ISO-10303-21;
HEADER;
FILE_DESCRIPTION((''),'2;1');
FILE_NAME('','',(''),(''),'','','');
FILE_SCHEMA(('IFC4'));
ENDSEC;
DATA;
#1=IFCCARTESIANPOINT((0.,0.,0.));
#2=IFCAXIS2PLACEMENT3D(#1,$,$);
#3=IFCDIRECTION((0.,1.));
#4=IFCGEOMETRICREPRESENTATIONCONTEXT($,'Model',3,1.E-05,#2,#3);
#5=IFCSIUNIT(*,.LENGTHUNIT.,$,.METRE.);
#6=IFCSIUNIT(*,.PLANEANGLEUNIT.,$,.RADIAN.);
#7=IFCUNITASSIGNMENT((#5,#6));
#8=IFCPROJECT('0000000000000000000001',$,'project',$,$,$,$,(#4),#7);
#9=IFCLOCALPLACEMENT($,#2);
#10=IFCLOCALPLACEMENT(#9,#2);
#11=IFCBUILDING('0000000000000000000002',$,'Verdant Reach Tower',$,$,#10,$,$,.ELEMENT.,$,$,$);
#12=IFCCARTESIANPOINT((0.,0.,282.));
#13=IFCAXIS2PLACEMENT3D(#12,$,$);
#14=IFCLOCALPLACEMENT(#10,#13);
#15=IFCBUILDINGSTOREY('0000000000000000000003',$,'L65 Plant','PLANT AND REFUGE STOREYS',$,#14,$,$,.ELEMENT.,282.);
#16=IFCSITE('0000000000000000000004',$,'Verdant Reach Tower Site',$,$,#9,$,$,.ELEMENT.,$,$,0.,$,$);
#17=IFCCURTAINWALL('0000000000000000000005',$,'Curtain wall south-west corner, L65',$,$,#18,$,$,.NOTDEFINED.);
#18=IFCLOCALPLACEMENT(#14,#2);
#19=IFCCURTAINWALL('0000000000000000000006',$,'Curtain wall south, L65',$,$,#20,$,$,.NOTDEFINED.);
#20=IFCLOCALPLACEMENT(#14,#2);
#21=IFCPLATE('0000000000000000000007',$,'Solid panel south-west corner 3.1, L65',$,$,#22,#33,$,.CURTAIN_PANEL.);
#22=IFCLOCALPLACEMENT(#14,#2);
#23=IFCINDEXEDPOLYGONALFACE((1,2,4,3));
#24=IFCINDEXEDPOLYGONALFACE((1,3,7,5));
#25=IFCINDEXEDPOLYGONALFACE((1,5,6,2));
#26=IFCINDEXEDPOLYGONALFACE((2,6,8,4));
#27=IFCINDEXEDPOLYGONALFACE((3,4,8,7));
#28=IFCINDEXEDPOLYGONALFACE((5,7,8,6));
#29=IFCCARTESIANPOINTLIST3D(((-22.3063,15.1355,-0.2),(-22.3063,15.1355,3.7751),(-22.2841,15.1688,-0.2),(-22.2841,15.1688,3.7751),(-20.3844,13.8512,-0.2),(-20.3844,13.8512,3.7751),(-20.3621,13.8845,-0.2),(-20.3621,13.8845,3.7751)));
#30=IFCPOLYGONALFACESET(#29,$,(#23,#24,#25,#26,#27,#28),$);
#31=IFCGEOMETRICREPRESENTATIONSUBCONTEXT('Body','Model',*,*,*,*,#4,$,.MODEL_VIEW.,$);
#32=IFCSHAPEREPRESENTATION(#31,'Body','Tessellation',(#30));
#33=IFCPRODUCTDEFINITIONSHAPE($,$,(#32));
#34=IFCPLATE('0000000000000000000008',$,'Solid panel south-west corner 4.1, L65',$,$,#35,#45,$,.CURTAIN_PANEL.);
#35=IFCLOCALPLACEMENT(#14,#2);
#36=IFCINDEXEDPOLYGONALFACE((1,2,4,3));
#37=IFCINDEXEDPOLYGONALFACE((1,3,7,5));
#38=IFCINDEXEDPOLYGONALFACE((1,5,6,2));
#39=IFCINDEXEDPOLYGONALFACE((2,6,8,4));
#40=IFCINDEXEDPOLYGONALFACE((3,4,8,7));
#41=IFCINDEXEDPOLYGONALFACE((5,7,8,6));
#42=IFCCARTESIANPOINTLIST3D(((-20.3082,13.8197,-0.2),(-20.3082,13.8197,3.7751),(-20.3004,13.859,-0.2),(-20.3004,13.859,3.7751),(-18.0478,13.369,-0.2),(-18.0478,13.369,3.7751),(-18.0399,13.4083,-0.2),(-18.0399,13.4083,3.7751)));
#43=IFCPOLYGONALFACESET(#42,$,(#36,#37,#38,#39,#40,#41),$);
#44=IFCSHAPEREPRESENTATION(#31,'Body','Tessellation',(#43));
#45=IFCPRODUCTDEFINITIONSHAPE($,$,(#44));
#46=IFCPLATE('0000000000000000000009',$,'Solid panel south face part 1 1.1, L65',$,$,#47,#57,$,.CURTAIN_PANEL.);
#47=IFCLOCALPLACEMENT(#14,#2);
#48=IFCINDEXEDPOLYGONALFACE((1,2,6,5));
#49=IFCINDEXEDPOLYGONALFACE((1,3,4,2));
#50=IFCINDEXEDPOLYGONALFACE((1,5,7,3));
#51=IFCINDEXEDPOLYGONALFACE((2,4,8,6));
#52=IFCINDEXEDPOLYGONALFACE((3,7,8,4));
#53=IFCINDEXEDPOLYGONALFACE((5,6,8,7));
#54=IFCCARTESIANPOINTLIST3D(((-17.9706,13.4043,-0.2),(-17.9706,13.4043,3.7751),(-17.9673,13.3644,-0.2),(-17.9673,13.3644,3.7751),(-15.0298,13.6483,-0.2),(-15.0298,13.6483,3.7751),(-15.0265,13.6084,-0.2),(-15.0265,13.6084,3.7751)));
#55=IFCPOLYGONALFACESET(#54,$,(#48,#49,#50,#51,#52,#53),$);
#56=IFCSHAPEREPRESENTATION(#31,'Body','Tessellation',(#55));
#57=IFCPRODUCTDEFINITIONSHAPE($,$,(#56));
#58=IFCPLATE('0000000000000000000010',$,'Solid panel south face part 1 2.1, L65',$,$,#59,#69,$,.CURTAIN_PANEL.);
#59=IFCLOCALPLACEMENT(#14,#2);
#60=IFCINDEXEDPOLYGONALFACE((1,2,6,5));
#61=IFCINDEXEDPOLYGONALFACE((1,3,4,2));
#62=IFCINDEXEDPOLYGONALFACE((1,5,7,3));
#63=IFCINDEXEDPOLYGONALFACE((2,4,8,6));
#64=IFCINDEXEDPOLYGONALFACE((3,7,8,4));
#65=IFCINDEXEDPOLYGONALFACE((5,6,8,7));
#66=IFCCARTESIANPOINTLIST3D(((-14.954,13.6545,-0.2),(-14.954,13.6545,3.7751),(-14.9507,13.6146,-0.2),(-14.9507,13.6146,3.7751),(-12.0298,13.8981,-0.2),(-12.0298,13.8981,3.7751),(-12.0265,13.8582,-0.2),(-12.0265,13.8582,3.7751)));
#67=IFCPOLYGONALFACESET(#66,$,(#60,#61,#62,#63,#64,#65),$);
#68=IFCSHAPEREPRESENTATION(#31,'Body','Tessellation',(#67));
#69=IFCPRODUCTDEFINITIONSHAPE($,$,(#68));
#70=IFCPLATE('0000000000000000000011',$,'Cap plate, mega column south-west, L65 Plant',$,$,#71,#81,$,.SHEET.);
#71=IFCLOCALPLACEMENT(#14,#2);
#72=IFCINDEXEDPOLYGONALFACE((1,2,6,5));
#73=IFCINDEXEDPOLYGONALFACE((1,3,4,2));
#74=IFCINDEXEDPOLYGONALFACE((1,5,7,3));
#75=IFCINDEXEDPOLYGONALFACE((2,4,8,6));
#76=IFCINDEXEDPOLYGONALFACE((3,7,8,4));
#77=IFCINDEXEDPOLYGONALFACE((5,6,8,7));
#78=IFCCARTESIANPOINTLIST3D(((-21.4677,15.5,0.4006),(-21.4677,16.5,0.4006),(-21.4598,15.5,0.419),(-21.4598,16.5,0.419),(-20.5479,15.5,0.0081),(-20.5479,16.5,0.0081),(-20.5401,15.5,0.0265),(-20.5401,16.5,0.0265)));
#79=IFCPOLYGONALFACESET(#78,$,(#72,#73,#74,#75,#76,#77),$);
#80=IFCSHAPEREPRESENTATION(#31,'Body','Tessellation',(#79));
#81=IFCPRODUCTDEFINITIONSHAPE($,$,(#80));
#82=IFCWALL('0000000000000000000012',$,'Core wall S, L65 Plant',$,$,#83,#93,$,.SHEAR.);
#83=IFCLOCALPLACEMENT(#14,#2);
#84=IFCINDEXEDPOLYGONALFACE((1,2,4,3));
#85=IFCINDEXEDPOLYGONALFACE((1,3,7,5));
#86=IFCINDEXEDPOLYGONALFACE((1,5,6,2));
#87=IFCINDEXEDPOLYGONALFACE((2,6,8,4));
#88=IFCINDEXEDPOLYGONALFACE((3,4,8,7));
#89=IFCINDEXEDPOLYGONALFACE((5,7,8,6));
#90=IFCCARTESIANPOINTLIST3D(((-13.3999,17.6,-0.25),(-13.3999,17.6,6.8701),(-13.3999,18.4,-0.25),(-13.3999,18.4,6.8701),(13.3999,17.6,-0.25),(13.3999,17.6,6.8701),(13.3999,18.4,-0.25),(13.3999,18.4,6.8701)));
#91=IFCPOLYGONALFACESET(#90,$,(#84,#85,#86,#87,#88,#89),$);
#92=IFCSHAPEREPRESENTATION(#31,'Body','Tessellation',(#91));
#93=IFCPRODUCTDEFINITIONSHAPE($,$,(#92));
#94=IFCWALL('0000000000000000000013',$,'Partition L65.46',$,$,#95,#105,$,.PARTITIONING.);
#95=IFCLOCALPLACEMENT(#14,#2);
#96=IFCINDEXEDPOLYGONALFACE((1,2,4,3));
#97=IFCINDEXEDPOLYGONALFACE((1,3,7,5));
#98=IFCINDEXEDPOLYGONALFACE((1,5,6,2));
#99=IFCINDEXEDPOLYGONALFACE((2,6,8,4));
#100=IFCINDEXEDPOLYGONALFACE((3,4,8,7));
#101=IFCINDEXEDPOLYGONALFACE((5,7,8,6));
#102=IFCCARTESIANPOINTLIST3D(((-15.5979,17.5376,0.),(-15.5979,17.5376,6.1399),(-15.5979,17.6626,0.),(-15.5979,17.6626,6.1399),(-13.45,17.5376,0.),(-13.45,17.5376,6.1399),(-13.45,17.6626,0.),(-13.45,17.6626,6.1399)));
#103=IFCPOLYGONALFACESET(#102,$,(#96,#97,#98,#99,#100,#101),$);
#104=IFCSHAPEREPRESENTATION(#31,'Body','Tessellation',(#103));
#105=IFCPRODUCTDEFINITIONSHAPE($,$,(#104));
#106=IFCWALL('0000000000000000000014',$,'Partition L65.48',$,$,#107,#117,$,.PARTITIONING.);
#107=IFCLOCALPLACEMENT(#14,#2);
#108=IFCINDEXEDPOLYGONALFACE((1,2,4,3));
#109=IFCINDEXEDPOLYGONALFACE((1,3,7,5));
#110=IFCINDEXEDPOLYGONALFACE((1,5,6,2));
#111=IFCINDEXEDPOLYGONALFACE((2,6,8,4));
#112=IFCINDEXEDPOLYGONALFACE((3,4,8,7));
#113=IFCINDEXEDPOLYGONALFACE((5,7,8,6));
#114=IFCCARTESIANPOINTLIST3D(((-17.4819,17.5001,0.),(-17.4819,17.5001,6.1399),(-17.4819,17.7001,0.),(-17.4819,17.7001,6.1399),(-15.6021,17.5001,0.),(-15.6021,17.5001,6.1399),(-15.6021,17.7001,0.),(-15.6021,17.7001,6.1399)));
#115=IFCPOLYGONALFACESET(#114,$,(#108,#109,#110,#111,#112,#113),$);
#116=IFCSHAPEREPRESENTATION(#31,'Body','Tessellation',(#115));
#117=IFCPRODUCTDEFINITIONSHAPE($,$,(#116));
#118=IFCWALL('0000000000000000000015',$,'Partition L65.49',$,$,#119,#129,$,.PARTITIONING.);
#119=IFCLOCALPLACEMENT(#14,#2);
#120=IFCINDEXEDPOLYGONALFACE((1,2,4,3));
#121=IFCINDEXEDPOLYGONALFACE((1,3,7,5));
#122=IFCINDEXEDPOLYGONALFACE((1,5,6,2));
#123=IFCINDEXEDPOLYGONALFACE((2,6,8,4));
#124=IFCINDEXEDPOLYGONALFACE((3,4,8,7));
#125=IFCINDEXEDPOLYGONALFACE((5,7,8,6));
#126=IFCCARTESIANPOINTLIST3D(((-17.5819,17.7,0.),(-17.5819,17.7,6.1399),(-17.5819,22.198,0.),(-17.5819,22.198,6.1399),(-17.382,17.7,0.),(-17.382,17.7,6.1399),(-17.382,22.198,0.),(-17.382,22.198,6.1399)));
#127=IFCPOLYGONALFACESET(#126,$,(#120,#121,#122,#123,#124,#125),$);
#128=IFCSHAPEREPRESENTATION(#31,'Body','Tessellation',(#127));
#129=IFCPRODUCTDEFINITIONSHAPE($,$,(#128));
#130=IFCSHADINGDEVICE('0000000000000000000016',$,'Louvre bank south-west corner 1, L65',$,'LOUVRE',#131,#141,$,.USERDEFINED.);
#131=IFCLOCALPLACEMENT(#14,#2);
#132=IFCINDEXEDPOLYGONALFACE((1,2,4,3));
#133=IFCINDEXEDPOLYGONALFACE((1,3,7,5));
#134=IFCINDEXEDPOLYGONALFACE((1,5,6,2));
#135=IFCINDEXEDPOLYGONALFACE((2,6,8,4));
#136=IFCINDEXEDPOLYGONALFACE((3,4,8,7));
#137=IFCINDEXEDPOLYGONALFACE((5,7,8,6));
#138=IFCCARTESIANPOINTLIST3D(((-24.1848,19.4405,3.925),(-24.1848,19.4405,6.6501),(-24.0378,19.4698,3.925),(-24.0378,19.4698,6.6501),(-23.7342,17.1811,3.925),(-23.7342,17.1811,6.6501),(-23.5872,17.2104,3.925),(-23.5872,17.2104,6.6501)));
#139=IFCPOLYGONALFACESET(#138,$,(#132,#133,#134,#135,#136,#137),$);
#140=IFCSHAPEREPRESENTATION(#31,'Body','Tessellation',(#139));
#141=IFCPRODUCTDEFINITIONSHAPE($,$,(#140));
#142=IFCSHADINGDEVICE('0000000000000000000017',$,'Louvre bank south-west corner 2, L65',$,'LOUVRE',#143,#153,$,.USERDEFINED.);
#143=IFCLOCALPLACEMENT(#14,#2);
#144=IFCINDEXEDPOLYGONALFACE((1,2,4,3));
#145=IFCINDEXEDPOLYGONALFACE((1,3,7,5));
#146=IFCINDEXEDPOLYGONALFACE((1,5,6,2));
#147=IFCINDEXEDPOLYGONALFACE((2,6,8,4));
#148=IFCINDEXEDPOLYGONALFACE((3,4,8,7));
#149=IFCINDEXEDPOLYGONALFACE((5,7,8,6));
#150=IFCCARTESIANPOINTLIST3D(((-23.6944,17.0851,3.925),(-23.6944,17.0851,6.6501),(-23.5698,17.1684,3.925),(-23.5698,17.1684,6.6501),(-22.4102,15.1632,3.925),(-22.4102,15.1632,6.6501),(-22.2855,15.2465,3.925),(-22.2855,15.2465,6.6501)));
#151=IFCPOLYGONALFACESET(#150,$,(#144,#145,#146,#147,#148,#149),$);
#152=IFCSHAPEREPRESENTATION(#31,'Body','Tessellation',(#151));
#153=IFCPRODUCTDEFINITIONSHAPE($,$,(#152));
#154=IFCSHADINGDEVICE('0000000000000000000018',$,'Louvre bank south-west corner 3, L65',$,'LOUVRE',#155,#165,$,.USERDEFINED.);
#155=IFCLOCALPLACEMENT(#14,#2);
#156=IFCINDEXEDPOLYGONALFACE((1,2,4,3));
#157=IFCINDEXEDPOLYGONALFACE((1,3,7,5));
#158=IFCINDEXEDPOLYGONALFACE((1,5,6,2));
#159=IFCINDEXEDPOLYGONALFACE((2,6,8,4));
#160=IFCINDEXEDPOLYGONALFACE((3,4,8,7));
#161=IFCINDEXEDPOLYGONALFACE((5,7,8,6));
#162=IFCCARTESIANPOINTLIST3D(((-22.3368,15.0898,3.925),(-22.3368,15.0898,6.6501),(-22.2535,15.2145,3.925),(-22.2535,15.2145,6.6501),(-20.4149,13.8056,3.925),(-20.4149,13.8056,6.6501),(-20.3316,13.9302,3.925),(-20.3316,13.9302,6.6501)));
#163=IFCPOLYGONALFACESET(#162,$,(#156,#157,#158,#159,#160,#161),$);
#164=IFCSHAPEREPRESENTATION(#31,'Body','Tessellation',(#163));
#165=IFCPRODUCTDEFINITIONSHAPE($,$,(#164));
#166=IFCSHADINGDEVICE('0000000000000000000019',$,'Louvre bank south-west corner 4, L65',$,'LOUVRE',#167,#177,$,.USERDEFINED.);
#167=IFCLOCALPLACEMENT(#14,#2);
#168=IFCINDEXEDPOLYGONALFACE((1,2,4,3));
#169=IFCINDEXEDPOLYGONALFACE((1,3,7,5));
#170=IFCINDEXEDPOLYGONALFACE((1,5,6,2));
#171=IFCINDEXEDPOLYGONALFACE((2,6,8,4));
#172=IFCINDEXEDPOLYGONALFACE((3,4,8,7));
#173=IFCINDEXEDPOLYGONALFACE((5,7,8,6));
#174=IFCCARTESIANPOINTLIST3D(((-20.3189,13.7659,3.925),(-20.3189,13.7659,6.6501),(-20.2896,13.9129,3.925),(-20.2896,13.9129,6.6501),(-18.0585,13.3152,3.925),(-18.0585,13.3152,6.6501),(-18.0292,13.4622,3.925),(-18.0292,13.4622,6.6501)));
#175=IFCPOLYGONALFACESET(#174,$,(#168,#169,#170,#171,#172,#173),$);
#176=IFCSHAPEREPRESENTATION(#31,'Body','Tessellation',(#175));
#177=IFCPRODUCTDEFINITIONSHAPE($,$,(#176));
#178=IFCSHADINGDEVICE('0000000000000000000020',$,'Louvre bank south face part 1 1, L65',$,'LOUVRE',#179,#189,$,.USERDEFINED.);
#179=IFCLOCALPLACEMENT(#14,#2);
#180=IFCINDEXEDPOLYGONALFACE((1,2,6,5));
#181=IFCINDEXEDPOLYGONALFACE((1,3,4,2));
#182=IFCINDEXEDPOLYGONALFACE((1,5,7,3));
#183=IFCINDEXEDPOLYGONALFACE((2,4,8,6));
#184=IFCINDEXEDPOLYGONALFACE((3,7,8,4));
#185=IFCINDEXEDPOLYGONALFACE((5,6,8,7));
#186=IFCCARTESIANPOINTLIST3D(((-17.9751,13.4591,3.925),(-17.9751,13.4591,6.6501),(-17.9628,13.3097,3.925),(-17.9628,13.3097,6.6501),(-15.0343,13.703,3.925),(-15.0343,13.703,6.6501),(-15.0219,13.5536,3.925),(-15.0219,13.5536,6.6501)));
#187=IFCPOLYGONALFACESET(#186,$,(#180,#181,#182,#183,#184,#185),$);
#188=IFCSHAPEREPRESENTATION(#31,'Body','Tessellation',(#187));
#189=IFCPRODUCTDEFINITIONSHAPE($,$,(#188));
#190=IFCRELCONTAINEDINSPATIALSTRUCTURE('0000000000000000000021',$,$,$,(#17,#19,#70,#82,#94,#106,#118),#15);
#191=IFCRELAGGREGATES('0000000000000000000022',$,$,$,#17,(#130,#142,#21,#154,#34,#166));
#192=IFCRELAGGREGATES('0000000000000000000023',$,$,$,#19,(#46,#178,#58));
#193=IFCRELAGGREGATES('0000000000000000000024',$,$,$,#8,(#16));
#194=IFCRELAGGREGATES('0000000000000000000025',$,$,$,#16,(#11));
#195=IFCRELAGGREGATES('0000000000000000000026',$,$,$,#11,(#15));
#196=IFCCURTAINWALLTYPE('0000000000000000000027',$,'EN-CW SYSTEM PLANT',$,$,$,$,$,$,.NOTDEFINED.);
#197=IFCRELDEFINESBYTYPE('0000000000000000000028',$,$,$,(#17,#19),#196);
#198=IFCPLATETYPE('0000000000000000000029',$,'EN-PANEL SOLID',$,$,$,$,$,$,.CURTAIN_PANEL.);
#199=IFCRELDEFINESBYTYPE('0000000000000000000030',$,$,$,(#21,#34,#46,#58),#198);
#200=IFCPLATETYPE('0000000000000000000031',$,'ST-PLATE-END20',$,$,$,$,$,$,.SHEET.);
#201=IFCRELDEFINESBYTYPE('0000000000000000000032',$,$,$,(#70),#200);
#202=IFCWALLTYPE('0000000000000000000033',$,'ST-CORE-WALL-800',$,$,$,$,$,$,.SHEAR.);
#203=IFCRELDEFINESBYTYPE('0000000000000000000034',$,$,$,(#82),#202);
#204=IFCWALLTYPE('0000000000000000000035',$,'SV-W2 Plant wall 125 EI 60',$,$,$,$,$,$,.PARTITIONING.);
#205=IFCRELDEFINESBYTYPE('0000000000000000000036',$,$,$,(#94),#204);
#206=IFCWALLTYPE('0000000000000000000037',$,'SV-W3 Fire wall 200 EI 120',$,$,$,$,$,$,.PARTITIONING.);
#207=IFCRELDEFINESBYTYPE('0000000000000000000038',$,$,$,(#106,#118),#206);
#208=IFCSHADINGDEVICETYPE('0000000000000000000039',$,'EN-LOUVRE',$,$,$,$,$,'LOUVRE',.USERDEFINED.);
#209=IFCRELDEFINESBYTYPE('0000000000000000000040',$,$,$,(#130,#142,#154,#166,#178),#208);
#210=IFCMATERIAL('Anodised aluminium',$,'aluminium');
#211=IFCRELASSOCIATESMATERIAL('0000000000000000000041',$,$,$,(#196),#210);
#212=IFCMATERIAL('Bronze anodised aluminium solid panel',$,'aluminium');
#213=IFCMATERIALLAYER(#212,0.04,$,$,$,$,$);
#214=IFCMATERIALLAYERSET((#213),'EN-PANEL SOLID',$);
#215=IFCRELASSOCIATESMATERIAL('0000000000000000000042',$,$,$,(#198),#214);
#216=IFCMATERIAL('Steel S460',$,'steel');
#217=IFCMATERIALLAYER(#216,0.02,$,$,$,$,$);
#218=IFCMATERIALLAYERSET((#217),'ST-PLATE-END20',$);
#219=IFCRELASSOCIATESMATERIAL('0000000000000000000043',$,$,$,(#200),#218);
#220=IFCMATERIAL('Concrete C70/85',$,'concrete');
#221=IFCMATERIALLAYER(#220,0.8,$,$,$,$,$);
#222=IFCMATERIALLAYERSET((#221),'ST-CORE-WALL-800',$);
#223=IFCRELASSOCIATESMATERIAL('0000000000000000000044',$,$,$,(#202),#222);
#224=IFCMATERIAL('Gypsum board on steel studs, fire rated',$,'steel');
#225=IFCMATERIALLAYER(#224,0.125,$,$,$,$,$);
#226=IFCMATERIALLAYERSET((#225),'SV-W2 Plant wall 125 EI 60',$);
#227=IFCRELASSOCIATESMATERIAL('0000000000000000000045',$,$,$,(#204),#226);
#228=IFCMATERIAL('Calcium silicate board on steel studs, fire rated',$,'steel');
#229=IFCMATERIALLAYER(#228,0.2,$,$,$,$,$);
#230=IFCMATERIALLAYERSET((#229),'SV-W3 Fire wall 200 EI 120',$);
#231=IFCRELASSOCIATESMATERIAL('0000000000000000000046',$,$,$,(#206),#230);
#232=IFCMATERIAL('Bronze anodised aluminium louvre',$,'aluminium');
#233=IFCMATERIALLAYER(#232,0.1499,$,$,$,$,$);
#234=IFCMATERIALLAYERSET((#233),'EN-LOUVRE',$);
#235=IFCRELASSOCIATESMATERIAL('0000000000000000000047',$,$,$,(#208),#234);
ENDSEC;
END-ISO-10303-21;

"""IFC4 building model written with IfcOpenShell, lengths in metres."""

from ifc_helpers import new_model, si_unit, direction, frame, frame_2d, origin, origin_2d, place, context, subcontext, project, spatial, rectangle, extrude, material, layer, layer_set, type_object, element, aggregate, save


model = new_model("IFC4")

# Units and contexts
model_context = context("Model", 3, precision=1e-05, world=origin(), true_north=direction((0.0, 1.0)))
body_context = subcontext(model_context, "Body", "Model", "MODEL_VIEW")
ifc_project = project(units=[si_unit("LENGTHUNIT", "METRE"), si_unit("PLANEANGLEUNIT", "RADIAN")], contexts=[model_context])

# Site, building, storey
site_placement = place(None, origin())
site = spatial("IfcSite", under=ifc_project, at=site_placement, Name="Verdant Reach Tower Site", CompositionType="ELEMENT", RefElevation=0.0)
building_placement = place(site_placement, origin())
building = spatial("IfcBuilding", under=site, at=building_placement, Name="Verdant Reach Tower", CompositionType="ELEMENT")
storey_placement = place(building_placement, frame((0.0, 0.0, 282.0)))
storey = spatial("IfcBuildingStorey", under=building, at=storey_placement, Name="L65 Plant", Description="PLANT AND REFUGE STOREYS", CompositionType="ELEMENT", Elevation=282.0)

# Shared definitions
ifc_material_1 = material(Name="Steel S460", Category="steel")

# Curtain walls
ifc_material_2 = material(Name="Anodised aluminium", Category="aluminium")
curtain_wall_type = type_object("IfcCurtainWallType", Name="EN-CW SYSTEM PLANT", PredefinedType="NOTDEFINED", material=ifc_material_2)
curtain_wall_1_placement = place(storey_placement, origin())
curtain_wall_1 = element("IfcCurtainWall", 1, at=curtain_wall_1_placement, inside=storey, type_object=curtain_wall_type, Name="Curtain wall south-west corner, L65", PredefinedType="NOTDEFINED")
curtain_wall_2_placement = place(storey_placement, origin())
curtain_wall_2 = element("IfcCurtainWall", 2, at=curtain_wall_2_placement, inside=storey, type_object=curtain_wall_type, Name="Curtain wall south, L65", PredefinedType="NOTDEFINED")

# Plates
ifc_material_3 = material(Name="Bronze anodised aluminium solid panel", Category="aluminium")
ifc_layer_1 = layer(ifc_material_3, 0.04)
ifc_layer_set_1 = layer_set([ifc_layer_1], Name="EN-PANEL SOLID")
plate_type_1 = type_object("IfcPlateType", Name="EN-PANEL SOLID", PredefinedType="CURTAIN_PANEL", material=ifc_layer_set_1)
plate_1_placement = place(storey_placement, frame((-21.3342, 14.51, -0.2), z_axis=(0.0, 0.0, 1.0), x_axis=(0.831452, -0.555596, 0.0)))
plate_1 = element("IfcPlate", 3, at=plate_1_placement, type_object=plate_type_1, Name="Solid panel south-west corner 3.1, L65", PredefinedType="CURTAIN_PANEL", context=body_context, shape_type="SweptSolid", body=[
    extrude(rectangle(XDim=2.3115, YDim=0.04, at=origin_2d()), origin(), (0.0, 0.0, 1.0), 3.9751),
])
plate_2_placement = place(storey_placement, frame((-19.1741, 13.614, -0.2), z_axis=(0.0, 0.0, 1.0), x_axis=(0.980695, -0.195545, 0.0)))
plate_2 = element("IfcPlate", 4, at=plate_2_placement, type_object=plate_type_1, Name="Solid panel south-west corner 4.1, L65", PredefinedType="CURTAIN_PANEL", context=body_context, shape_type="SweptSolid", body=[
    extrude(rectangle(XDim=2.3049, YDim=0.04, at=origin_2d()), origin(), (0.0, 0.0, 1.0), 3.9751),
])
plate_3_placement = place(storey_placement, frame((-16.4985, 13.5063, -0.2), z_axis=(0.0, 0.0, 1.0), x_axis=(0.996578, 0.082664, 0.0)))
plate_3 = element("IfcPlate", 5, at=plate_3_placement, type_object=plate_type_1, Name="Solid panel south face part 1 1.1, L65", PredefinedType="CURTAIN_PANEL", context=body_context, shape_type="SweptSolid", body=[
    extrude(rectangle(XDim=2.9509, YDim=0.04, at=origin_2d()), origin(), (0.0, 0.0, 1.0), 3.9751),
])
plate_4_placement = place(storey_placement, frame((-13.4902, 13.7563, -0.2), z_axis=(0.0, 0.0, 1.0), x_axis=(0.996546, 0.083045, 0.0)))
plate_4 = element("IfcPlate", 6, at=plate_4_placement, type_object=plate_type_1, Name="Solid panel south face part 1 2.1, L65", PredefinedType="CURTAIN_PANEL", context=body_context, shape_type="SweptSolid", body=[
    extrude(rectangle(XDim=2.9343, YDim=0.04, at=origin_2d()), origin(), (0.0, 0.0, 1.0), 3.9751),
])
ifc_layer_2 = layer(ifc_material_1, 0.02)
ifc_layer_set_2 = layer_set([ifc_layer_2], Name="ST-PLATE-END20")
plate_type_2 = type_object("IfcPlateType", Name="ST-PLATE-END20", PredefinedType="SHEET", material=ifc_layer_set_2)
plate_5_placement = place(storey_placement, frame((-21.0078, 16.0, 0.2043), z_axis=(0.392439, 0.0, 0.919778), x_axis=(0.0, 1.0, 0.0)))
element("IfcPlate", 7, at=plate_5_placement, inside=storey, type_object=plate_type_2, Name="Cap plate, mega column south-west, L65 Plant", PredefinedType="SHEET", context=body_context, shape_type="SweptSolid", body=[
    extrude(rectangle(XDim=1.0, YDim=1.0, at=origin_2d()), origin(), (0.0, 0.0, 1.0), 0.02),
])

# Walls
ifc_material_4 = material(Name="Concrete C70/85", Category="concrete")
ifc_layer_3 = layer(ifc_material_4, 0.8)
ifc_layer_set_3 = layer_set([ifc_layer_3], Name="ST-CORE-WALL-800")
wall_type_1 = type_object("IfcWallType", Name="ST-CORE-WALL-800", PredefinedType="SHEAR", material=ifc_layer_set_3)
wall_1_placement = place(storey_placement, frame((-13.3999, 18.0, -0.25), z_axis=(0.0, 0.0, 1.0), x_axis=(1.0, 0.0, 0.0)))
element("IfcWall", 8, at=wall_1_placement, inside=storey, type_object=wall_type_1, Name="Core wall S, L65 Plant", PredefinedType="SHEAR", context=body_context, shape_type="SweptSolid", body=[
    extrude(rectangle(XDim=26.7998, YDim=0.8, at=frame_2d((13.3999, 0.0))), origin(), (0.0, 0.0, 1.0), 7.1201),
])
ifc_material_5 = material(Name="Gypsum board on steel studs, fire rated", Category="steel")
ifc_layer_4 = layer(ifc_material_5, 0.125)
ifc_layer_set_4 = layer_set([ifc_layer_4], Name="SV-W2 Plant wall 125 EI 60")
wall_type_2 = type_object("IfcWallType", Name="SV-W2 Plant wall 125 EI 60", PredefinedType="PARTITIONING", material=ifc_layer_set_4)
wall_2_placement = place(storey_placement, frame((-13.45, 17.6001, 0.0), z_axis=(0.0, 0.0, 1.0), x_axis=(-1.0, 0.0, 0.0)))
element("IfcWall", 9, at=wall_2_placement, inside=storey, type_object=wall_type_2, Name="Partition L65.46", PredefinedType="PARTITIONING", context=body_context, shape_type="SweptSolid", body=[
    extrude(rectangle(XDim=2.1479, YDim=0.125, at=frame_2d((1.074, 0.0))), origin(), (0.0, 0.0, 1.0), 6.1399),
])
ifc_material_6 = material(Name="Calcium silicate board on steel studs, fire rated", Category="steel")
ifc_layer_5 = layer(ifc_material_6, 0.2)
ifc_layer_set_5 = layer_set([ifc_layer_5], Name="SV-W3 Fire wall 200 EI 120")
wall_type_3 = type_object("IfcWallType", Name="SV-W3 Fire wall 200 EI 120", PredefinedType="PARTITIONING", material=ifc_layer_set_5)
wall_3_placement = place(storey_placement, frame((-15.6021, 17.6001, 0.0), z_axis=(0.0, 0.0, 1.0), x_axis=(-1.0, 0.0, 0.0)))
element("IfcWall", 10, at=wall_3_placement, inside=storey, type_object=wall_type_3, Name="Partition L65.48", PredefinedType="PARTITIONING", context=body_context, shape_type="SweptSolid", body=[
    extrude(rectangle(XDim=1.8799, YDim=0.2, at=frame_2d((0.9399, 0.0))), origin(), (0.0, 0.0, 1.0), 6.1399),
])
wall_4_placement = place(storey_placement, frame((-17.4819, 17.7, 0.0), z_axis=(0.0, 0.0, 1.0), x_axis=(0.0, 1.0, 0.0)))
element("IfcWall", 11, at=wall_4_placement, inside=storey, type_object=wall_type_3, Name="Partition L65.49", PredefinedType="PARTITIONING", context=body_context, shape_type="SweptSolid", body=[
    extrude(rectangle(XDim=4.498, YDim=0.2, at=frame_2d((2.249, 0.0))), origin(), (0.0, 0.0, 1.0), 6.1399),
])

# Shading devices
ifc_material_7 = material(Name="Bronze anodised aluminium louvre", Category="aluminium")
ifc_layer_6 = layer(ifc_material_7, 0.1499)
ifc_layer_set_6 = layer_set([ifc_layer_6], Name="EN-LOUVRE")
shading_device_type = type_object("IfcShadingDeviceType", Name="EN-LOUVRE", ElementType="LOUVRE", PredefinedType="USERDEFINED", material=ifc_layer_set_6)
shading_device_1_placement = place(storey_placement, frame((-23.886, 18.3254, 3.925), z_axis=(0.0, 0.0, 1.0), x_axis=(0.195593, -0.980685, 0.0)))
shading_device_1 = element("IfcShadingDevice", 12, at=shading_device_1_placement, type_object=shading_device_type, Name="Louvre bank south-west corner 1, L65", ObjectType="LOUVRE", PredefinedType="USERDEFINED", context=body_context, shape_type="SweptSolid", body=[
    extrude(rectangle(XDim=2.304, YDim=0.1499, at=origin_2d()), origin(), (0.0, 0.0, 1.0), 2.7251),
])
shading_device_2_placement = place(storey_placement, frame((-22.99, 16.1658, 3.925), z_axis=(0.0, 0.0, 1.0), x_axis=(0.555596, -0.831452, 0.0)))
shading_device_2 = element("IfcShadingDevice", 13, at=shading_device_2_placement, type_object=shading_device_type, Name="Louvre bank south-west corner 2, L65", ObjectType="LOUVRE", PredefinedType="USERDEFINED", context=body_context, shape_type="SweptSolid", body=[
    extrude(rectangle(XDim=2.3115, YDim=0.1499, at=origin_2d()), origin(), (0.0, 0.0, 1.0), 2.7251),
])
shading_device_3_placement = place(storey_placement, frame((-21.3342, 14.51, 3.925), z_axis=(0.0, 0.0, 1.0), x_axis=(0.831452, -0.555596, 0.0)))
shading_device_3 = element("IfcShadingDevice", 14, at=shading_device_3_placement, type_object=shading_device_type, Name="Louvre bank south-west corner 3, L65", ObjectType="LOUVRE", PredefinedType="USERDEFINED", context=body_context, shape_type="SweptSolid", body=[
    extrude(rectangle(XDim=2.3115, YDim=0.1499, at=origin_2d()), origin(), (0.0, 0.0, 1.0), 2.7251),
])
shading_device_4_placement = place(storey_placement, frame((-19.1741, 13.614, 3.925), z_axis=(0.0, 0.0, 1.0), x_axis=(0.980695, -0.195545, 0.0)))
shading_device_4 = element("IfcShadingDevice", 15, at=shading_device_4_placement, type_object=shading_device_type, Name="Louvre bank south-west corner 4, L65", ObjectType="LOUVRE", PredefinedType="USERDEFINED", context=body_context, shape_type="SweptSolid", body=[
    extrude(rectangle(XDim=2.3049, YDim=0.1499, at=origin_2d()), origin(), (0.0, 0.0, 1.0), 2.7251),
])
aggregate(curtain_wall_1, [shading_device_1, shading_device_2, plate_1, shading_device_3, plate_2, shading_device_4])
shading_device_5_placement = place(storey_placement, frame((-16.4985, 13.5063, 3.925), z_axis=(0.0, 0.0, 1.0), x_axis=(0.996578, 0.082664, 0.0)))
shading_device_5 = element("IfcShadingDevice", 16, at=shading_device_5_placement, type_object=shading_device_type, Name="Louvre bank south face part 1 1, L65", ObjectType="LOUVRE", PredefinedType="USERDEFINED", context=body_context, shape_type="SweptSolid", body=[
    extrude(rectangle(XDim=2.9509, YDim=0.1499, at=origin_2d()), origin(), (0.0, 0.0, 1.0), 2.7251),
])
aggregate(curtain_wall_2, [plate_3, shading_device_5, plate_4])

save(model, "model.ifc")
